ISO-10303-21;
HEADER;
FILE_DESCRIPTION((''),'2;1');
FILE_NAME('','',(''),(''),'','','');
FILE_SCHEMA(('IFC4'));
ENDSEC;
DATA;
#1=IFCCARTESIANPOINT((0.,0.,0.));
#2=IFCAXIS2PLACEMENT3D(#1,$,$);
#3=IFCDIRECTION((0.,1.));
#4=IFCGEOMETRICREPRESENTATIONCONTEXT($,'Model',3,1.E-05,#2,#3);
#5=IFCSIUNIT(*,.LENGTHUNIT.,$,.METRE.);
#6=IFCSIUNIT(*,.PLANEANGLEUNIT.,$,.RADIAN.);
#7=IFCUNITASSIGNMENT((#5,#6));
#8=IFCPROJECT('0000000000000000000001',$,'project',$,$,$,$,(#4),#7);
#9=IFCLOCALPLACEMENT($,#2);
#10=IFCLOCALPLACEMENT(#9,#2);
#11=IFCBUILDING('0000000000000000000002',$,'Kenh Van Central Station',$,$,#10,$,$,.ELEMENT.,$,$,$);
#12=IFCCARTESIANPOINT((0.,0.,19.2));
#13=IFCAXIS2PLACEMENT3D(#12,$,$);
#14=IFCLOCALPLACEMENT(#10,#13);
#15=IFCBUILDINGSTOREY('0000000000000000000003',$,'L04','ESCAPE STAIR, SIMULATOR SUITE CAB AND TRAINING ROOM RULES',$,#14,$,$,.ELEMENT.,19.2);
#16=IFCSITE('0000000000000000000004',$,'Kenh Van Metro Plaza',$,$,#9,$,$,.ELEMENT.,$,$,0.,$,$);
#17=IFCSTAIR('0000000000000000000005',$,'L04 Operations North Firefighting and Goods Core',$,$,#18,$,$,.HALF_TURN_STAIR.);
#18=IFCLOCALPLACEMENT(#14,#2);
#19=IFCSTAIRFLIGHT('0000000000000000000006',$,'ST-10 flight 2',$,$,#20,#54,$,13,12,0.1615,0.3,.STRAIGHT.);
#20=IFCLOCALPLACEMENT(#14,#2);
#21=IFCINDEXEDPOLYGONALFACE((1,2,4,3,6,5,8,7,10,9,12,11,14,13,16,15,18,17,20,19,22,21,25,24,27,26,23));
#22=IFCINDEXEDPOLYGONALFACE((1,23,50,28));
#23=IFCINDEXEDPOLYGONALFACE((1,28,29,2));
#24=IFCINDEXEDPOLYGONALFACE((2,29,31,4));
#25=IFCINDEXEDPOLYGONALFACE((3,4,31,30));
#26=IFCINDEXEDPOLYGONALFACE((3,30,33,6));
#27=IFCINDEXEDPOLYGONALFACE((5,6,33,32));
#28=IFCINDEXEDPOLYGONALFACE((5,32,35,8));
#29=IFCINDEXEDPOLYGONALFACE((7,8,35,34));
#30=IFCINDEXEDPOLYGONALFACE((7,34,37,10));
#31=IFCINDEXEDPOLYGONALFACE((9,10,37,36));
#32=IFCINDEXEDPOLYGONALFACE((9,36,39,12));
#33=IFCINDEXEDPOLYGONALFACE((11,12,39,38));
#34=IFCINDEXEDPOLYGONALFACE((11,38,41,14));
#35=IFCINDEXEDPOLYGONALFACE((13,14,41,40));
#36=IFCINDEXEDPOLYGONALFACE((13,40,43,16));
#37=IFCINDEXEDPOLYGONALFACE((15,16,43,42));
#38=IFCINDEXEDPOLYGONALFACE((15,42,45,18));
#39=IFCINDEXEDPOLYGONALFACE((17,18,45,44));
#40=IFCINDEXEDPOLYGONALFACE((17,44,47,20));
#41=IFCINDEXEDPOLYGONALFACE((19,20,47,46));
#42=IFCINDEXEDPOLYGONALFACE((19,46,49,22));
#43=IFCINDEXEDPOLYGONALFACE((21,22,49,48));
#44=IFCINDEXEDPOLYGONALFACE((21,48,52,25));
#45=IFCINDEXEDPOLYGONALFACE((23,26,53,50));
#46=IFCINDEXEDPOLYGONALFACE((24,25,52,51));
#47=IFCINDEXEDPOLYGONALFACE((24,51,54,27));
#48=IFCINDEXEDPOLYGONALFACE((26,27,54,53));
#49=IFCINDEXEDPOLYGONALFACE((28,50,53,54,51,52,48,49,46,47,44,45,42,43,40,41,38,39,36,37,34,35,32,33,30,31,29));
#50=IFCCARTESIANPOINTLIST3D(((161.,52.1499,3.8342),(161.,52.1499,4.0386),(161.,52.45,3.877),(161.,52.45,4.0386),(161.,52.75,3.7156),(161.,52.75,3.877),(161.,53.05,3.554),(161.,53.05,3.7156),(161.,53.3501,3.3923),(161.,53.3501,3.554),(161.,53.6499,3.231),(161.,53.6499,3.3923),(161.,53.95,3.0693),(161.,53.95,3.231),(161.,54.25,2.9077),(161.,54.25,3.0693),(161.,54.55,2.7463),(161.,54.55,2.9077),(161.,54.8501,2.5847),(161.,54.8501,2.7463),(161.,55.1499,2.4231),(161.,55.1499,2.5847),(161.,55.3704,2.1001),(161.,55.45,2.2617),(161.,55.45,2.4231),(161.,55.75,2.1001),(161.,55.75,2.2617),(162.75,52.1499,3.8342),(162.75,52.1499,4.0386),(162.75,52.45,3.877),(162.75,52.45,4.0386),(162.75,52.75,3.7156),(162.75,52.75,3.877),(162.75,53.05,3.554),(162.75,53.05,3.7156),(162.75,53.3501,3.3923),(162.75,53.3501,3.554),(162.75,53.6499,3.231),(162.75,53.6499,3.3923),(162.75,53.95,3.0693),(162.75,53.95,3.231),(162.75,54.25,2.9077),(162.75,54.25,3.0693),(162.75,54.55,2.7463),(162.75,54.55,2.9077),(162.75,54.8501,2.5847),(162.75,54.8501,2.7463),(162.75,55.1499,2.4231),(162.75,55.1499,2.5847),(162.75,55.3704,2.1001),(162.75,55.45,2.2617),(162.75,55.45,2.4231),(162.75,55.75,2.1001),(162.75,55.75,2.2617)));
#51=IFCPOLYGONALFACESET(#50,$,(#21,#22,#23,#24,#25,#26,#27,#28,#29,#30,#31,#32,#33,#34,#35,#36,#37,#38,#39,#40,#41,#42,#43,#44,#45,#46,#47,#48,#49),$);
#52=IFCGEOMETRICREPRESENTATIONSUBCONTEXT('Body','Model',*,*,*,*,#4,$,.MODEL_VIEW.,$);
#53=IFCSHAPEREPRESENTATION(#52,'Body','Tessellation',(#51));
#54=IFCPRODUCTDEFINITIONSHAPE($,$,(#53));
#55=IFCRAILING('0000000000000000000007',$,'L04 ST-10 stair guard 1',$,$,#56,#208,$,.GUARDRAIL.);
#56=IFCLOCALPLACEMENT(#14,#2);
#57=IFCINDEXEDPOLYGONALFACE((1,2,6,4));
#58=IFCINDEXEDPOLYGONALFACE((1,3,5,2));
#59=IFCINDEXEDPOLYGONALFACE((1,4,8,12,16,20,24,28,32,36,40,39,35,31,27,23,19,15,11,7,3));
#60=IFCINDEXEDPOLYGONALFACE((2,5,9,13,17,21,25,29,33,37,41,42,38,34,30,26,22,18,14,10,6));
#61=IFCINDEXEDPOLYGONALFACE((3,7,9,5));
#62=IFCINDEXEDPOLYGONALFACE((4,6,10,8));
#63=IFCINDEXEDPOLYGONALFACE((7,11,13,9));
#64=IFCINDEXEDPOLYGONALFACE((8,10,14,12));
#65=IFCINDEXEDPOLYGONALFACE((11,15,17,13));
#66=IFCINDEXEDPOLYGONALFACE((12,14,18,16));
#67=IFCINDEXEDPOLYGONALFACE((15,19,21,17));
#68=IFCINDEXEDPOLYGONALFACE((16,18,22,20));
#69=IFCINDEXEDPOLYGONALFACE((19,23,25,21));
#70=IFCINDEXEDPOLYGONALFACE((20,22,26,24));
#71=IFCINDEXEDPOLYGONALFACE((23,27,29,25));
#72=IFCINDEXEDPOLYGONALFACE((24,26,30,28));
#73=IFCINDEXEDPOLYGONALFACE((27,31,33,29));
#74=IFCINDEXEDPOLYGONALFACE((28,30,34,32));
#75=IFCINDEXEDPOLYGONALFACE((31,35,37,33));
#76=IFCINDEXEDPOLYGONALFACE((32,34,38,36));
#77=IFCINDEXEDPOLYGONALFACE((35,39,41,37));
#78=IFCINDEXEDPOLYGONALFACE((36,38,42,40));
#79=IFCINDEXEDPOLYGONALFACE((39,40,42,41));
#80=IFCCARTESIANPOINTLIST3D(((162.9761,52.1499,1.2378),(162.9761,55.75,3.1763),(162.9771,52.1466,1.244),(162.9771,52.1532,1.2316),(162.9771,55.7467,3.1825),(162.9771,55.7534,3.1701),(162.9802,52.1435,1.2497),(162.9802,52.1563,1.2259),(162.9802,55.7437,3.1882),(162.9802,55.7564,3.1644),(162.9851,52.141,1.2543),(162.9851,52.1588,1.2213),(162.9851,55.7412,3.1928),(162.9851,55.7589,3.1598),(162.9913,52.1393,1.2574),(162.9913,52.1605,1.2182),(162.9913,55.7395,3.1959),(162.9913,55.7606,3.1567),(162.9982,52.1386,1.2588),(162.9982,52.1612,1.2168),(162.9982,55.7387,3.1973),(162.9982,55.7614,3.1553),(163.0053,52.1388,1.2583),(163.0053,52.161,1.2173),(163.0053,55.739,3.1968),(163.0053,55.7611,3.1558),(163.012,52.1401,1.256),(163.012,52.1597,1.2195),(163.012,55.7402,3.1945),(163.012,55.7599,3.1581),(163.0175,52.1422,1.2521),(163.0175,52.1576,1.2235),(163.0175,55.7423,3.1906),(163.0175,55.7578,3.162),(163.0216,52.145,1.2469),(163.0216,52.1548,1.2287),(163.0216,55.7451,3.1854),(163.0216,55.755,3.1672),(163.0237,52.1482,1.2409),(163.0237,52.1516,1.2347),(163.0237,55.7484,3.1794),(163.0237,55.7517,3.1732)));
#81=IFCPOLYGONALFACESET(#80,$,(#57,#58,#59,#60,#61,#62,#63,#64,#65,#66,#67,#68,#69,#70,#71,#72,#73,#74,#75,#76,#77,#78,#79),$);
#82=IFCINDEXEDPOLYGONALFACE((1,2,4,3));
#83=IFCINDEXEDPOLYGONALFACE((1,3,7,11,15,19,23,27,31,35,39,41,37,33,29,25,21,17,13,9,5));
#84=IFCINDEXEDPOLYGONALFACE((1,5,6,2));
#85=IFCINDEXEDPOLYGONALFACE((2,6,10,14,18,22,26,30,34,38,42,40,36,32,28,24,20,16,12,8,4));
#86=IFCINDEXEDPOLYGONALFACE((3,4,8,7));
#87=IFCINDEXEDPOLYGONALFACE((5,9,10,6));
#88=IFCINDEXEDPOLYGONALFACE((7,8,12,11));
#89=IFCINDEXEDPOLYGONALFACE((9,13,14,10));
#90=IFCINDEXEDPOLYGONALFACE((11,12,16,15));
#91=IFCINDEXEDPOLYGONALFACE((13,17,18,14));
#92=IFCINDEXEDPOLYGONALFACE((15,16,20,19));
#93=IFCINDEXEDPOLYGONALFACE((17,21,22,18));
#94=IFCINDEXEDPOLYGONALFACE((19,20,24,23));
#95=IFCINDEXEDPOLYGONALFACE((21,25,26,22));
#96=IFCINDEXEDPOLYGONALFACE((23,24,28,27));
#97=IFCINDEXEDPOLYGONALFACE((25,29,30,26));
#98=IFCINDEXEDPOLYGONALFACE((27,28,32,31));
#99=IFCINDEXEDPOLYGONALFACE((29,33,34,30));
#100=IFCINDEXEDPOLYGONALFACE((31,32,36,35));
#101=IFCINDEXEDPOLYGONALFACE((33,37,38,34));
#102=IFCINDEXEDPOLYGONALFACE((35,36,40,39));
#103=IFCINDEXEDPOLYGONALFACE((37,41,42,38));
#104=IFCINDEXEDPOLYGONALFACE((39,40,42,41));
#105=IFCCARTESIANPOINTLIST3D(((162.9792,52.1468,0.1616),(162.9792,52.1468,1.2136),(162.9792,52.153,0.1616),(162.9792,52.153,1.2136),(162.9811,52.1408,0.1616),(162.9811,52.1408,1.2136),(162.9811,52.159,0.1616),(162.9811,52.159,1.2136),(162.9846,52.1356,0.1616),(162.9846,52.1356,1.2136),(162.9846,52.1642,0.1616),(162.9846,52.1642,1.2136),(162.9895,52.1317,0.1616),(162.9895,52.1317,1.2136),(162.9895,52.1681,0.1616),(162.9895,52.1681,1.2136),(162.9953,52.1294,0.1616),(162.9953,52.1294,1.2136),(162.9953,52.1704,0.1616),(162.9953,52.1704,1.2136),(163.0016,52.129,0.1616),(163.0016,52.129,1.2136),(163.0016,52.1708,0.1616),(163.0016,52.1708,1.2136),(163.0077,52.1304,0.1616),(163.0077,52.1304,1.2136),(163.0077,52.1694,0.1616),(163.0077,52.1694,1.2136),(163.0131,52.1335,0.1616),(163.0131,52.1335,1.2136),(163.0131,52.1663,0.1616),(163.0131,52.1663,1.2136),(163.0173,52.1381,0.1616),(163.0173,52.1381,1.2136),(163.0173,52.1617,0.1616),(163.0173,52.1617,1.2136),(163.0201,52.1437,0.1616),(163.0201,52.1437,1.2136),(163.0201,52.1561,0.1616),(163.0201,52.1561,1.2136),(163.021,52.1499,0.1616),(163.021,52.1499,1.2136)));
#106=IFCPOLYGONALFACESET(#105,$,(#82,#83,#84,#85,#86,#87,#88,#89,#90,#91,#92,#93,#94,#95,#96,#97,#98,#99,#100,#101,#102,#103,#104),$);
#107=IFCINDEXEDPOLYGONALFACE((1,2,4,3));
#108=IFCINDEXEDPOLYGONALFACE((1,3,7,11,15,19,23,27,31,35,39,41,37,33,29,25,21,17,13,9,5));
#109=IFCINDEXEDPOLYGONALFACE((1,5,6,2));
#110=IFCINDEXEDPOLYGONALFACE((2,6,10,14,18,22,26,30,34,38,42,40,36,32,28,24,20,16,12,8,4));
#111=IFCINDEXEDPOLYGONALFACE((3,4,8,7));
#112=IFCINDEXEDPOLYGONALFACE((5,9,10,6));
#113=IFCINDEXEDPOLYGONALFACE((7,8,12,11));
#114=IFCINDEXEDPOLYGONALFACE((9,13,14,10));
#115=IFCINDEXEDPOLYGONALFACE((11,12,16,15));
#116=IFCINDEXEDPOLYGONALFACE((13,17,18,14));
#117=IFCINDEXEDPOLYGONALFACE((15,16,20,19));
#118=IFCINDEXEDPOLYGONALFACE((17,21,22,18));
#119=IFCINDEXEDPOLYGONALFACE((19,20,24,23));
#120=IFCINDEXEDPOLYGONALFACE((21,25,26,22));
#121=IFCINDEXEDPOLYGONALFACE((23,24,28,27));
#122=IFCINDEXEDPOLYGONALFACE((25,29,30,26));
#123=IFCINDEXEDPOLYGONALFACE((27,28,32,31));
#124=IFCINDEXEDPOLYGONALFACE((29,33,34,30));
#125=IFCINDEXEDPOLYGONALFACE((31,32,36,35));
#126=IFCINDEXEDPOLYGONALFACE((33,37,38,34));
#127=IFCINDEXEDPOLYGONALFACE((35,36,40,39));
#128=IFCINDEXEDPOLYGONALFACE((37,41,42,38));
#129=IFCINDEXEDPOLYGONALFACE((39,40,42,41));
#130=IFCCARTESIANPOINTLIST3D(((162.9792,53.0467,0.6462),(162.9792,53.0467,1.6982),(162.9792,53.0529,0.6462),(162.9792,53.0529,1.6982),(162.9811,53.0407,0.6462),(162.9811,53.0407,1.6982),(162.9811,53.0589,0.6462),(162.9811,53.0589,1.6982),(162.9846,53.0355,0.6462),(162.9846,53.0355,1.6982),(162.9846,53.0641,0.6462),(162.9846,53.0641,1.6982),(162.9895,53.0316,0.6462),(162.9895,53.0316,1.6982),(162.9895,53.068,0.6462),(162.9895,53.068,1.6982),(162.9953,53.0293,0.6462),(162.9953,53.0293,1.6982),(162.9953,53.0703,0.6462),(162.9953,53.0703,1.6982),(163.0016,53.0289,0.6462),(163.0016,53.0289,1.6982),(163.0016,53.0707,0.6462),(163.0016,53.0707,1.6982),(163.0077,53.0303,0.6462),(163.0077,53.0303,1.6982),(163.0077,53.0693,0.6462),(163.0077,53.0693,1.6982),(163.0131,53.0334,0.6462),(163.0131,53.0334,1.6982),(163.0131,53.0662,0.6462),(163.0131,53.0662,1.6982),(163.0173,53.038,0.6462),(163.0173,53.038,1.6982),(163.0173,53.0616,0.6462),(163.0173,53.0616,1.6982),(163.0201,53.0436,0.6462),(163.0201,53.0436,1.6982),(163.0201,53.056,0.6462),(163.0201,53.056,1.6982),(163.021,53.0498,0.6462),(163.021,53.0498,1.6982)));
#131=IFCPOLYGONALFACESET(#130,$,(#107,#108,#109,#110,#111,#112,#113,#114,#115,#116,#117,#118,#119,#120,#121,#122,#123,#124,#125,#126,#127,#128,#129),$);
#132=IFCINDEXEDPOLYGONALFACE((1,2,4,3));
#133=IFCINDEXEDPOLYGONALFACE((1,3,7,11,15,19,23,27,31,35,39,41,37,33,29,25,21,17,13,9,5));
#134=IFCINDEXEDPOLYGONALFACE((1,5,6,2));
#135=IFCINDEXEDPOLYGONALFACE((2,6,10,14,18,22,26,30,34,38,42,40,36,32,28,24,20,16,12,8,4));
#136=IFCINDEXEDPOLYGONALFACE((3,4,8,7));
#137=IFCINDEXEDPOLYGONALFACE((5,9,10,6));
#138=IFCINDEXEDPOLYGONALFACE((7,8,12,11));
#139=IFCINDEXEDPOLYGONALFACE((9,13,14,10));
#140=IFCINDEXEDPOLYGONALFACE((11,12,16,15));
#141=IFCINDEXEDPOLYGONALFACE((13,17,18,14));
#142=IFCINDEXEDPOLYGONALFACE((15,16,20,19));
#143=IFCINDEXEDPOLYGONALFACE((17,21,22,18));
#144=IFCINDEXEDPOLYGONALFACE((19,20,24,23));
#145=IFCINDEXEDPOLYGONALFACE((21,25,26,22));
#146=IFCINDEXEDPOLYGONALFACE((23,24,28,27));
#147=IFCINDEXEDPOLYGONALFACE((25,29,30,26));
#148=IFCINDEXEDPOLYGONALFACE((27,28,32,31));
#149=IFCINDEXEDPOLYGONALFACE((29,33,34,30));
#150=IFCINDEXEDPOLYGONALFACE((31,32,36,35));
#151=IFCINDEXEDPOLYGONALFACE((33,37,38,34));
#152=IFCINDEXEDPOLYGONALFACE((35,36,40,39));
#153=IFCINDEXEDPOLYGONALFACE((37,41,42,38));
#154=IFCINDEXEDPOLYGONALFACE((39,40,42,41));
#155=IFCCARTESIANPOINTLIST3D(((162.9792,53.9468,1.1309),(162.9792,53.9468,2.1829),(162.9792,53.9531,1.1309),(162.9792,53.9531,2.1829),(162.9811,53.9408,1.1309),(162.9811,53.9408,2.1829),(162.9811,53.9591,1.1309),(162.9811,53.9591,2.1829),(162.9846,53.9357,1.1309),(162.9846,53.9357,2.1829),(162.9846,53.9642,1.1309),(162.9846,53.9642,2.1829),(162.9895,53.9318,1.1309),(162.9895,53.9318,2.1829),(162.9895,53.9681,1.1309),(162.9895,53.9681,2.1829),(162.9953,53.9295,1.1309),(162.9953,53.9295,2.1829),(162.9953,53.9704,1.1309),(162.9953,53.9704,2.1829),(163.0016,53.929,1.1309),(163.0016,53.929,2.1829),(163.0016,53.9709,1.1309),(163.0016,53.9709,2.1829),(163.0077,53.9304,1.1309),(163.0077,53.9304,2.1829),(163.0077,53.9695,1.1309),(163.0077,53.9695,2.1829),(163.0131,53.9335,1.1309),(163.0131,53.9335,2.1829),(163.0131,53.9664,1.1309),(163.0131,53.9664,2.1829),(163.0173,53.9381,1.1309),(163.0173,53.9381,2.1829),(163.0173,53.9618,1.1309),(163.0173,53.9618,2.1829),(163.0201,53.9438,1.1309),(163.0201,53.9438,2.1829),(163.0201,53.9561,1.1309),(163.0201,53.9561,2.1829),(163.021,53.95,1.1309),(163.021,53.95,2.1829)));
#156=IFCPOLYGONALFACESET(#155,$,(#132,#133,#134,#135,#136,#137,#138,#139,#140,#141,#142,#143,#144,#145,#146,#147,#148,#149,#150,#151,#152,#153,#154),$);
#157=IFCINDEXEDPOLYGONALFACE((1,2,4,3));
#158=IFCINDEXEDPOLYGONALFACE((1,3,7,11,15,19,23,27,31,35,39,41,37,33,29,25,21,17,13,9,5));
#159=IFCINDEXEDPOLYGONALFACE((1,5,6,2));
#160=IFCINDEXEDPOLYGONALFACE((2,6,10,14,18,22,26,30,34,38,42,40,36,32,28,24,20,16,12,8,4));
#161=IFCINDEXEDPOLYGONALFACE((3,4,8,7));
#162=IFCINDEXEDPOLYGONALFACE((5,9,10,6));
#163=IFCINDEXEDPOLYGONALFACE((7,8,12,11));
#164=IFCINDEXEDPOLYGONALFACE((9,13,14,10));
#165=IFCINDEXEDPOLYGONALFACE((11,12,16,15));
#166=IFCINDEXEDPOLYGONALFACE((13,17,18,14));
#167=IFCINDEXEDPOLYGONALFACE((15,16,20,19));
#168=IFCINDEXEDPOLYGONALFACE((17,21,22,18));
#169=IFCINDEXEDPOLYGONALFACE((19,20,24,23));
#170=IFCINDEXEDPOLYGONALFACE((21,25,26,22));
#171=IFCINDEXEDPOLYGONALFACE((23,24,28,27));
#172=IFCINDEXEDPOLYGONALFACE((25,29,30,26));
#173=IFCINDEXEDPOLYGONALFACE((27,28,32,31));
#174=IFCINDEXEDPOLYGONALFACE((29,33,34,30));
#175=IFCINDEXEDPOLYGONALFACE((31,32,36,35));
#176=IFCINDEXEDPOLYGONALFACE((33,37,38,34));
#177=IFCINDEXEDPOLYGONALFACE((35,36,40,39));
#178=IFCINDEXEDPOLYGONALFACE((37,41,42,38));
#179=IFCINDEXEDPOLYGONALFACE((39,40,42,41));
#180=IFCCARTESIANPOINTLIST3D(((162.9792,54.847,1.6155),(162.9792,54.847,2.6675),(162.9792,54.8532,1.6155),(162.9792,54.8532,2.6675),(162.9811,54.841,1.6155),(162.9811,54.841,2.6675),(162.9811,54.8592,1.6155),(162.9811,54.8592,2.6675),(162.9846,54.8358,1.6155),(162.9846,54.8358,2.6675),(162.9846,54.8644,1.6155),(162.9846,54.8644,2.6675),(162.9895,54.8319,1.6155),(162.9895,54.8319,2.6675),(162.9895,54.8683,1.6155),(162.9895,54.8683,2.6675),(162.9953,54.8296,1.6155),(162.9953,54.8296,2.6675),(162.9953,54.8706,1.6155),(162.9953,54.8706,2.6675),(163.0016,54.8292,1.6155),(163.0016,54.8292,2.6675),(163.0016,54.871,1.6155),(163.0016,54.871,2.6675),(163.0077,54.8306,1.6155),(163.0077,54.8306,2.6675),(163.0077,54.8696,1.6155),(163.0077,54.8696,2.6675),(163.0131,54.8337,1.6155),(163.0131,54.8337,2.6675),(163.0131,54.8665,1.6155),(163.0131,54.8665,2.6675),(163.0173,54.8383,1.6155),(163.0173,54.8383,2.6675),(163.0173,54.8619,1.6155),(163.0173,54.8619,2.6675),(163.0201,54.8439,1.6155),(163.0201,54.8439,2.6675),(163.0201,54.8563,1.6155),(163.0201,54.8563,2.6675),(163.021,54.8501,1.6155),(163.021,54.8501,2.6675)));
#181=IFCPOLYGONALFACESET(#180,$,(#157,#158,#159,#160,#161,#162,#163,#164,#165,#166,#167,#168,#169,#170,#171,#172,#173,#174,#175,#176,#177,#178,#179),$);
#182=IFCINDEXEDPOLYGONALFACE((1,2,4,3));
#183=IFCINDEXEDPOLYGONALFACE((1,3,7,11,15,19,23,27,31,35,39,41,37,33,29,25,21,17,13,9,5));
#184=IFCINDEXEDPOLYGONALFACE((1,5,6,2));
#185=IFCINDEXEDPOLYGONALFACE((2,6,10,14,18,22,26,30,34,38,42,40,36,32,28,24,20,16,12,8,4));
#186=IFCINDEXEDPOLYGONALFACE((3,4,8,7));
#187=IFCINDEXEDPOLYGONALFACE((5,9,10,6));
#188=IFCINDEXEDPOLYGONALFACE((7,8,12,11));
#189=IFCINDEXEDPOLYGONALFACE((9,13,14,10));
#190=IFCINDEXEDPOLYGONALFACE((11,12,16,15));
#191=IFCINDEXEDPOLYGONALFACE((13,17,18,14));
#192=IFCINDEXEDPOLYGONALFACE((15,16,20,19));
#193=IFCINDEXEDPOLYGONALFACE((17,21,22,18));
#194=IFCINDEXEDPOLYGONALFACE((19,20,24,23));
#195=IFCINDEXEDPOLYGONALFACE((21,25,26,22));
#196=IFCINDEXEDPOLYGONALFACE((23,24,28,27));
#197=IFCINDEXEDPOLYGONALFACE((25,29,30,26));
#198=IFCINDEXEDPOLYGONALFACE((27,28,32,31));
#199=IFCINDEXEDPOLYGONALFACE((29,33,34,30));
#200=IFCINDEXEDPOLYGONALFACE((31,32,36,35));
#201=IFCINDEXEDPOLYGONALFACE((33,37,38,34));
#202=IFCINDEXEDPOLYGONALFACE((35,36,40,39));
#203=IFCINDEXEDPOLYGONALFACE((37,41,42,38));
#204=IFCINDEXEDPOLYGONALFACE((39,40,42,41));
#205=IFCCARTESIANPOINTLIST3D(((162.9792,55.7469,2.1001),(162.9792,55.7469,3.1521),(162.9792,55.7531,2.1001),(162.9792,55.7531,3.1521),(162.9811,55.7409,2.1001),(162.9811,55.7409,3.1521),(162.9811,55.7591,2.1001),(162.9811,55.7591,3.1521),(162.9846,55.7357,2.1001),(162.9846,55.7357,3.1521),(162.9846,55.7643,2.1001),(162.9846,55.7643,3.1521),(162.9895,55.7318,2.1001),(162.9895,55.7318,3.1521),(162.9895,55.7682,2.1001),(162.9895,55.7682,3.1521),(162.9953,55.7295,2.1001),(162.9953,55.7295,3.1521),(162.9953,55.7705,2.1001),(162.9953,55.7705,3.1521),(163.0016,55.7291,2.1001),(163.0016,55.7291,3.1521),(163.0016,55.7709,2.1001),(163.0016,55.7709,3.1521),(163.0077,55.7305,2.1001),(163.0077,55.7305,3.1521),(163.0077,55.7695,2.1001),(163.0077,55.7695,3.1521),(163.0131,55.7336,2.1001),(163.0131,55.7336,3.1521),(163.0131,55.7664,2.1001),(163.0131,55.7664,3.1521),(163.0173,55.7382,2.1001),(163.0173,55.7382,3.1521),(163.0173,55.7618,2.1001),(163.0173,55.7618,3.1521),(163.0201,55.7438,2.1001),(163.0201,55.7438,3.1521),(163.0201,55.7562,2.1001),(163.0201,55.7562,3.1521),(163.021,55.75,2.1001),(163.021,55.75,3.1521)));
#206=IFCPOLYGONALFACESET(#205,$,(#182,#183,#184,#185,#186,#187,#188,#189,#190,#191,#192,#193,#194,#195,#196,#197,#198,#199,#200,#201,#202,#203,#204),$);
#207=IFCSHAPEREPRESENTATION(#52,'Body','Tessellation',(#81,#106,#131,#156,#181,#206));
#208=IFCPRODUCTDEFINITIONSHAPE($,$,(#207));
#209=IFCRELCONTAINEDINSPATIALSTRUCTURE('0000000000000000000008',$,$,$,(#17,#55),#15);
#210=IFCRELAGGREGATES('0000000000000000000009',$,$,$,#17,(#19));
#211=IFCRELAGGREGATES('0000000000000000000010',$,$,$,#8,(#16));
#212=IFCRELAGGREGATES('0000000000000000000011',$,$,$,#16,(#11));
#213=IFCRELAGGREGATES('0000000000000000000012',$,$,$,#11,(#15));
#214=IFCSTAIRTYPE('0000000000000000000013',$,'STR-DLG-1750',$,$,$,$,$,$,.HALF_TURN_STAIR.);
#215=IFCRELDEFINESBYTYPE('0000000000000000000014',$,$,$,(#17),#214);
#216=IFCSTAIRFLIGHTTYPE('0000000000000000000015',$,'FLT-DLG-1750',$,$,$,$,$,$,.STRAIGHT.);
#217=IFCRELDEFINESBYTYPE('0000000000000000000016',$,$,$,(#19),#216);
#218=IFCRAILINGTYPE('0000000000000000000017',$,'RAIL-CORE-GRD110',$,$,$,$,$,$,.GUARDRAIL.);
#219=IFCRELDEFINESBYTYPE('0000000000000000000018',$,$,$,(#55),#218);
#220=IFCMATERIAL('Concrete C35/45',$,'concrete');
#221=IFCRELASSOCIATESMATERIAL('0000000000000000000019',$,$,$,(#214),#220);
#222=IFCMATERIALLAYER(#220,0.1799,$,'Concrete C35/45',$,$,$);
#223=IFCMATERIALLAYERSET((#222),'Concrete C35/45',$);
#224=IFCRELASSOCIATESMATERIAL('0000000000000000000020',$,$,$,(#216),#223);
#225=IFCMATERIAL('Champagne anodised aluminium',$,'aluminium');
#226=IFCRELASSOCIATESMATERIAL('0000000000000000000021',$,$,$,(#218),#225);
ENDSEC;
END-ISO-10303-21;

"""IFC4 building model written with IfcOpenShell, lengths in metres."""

from ifc_helpers import new_model, si_unit, direction, frame, origin, origin_2d, place, context, subcontext, project, spatial, polyline, circle, outline, extrude, material, layer, layer_set, type_object, element, aggregate, save


model = new_model("IFC4")

# Units and contexts
model_context = context("Model", 3, precision=1e-05, world=origin(), true_north=direction((0.0, 1.0)))
body_context = subcontext(model_context, "Body", "Model", "MODEL_VIEW")
ifc_project = project(units=[si_unit("LENGTHUNIT", "METRE"), si_unit("PLANEANGLEUNIT", "RADIAN")], contexts=[model_context])

# Site, building, storey
site_placement = place(None, origin())
site = spatial("IfcSite", under=ifc_project, at=site_placement, Name="Kenh Van Metro Plaza", CompositionType="ELEMENT", RefElevation=0.0)
building_placement = place(site_placement, origin())
building = spatial("IfcBuilding", under=site, at=building_placement, Name="Kenh Van Central Station", CompositionType="ELEMENT")
storey_placement = place(building_placement, frame((0.0, 0.0, 19.2)))
storey = spatial("IfcBuildingStorey", under=building, at=storey_placement, Name="L04", Description="ESCAPE STAIR, SIMULATOR SUITE CAB AND TRAINING ROOM RULES", CompositionType="ELEMENT", Elevation=19.2)

# Shared definitions
ifc_material_1 = material(Name="Concrete C35/45", Category="concrete")

# Shared definitions
ifc_material_2 = material(Name="Champagne anodised aluminium", Category="aluminium")

# Stair, stair flight
stair_type = type_object("IfcStairType", Name="STR-DLG-1750", PredefinedType="HALF_TURN_STAIR", material=ifc_material_1)
stair_placement = place(storey_placement, origin())
stair = element("IfcStair", 1, at=stair_placement, inside=storey, type_object=stair_type, Name="L04 Operations North Firefighting and Goods Core", PredefinedType="HALF_TURN_STAIR")
ifc_layer_1 = layer(ifc_material_1, 0.1799, Name="Concrete C35/45")
ifc_layer_set_1 = layer_set([ifc_layer_1], Name="Concrete C35/45")
stair_flight_type = type_object("IfcStairFlightType", Name="FLT-DLG-1750", PredefinedType="STRAIGHT", material=ifc_layer_set_1)
stair_flight_1_placement = place(storey_placement, frame((161.875, 55.75, 2.1001), z_axis=(0.0, 0.0, 1.0), x_axis=(0.0, -1.0, 0.0)))
stair_flight_1 = element("IfcStairFlight", 2, at=stair_flight_1_placement, type_object=stair_flight_type, Name="ST-10 flight 2", NumberOfRisers=13, NumberOfTreads=12, PredefinedType="STRAIGHT", RiserHeight=0.1615, TreadLength=0.3, context=body_context, shape_type="SweptSolid", body=[
    extrude(outline(polyline([(0.0, 0.0), (0.0, 0.1616), (0.3, 0.1616), (0.3, 0.323), (0.6001, 0.323), (0.6001, 0.4846), (0.8999, 0.4846), (0.8999, 0.6462), (1.2, 0.6462), (1.2, 0.8076), (1.5, 0.8076), (1.5, 0.9692), (1.8, 0.9692), (1.8, 1.1309), (2.1001, 1.1309), (2.1001, 1.2922), (2.3999, 1.2922), (2.3999, 1.4539), (2.7, 1.4539), (2.7, 1.6155), (3.0, 1.6155), (3.0, 1.7769), (3.3, 1.7769), (3.3, 1.9385), (3.6001, 1.9385), (3.6001, 2.1001), (3.6001, 1.7341), (0.3796, 0.0), (0.0, 0.0)])), frame((0.0, 0.875, 0.0), z_axis=(0.0, -1.0, 0.0), x_axis=(1.0, 0.0, 0.0)), (0.0, 0.0, 1.0), 1.75),
])
aggregate(stair, [stair_flight_1])

# Railing
railing_type_1 = type_object("IfcRailingType", Name="RAIL-CORE-GRD110", PredefinedType="GUARDRAIL", material=ifc_material_2)
railing_1_placement = place(storey_placement, frame((163.0, 52.1499, 0.1616)))
element("IfcRailing", 3, at=railing_1_placement, inside=storey, type_object=railing_type_1, Name="L04 ST-10 stair guard 1", PredefinedType="GUARDRAIL", context=body_context, shape_type="SweptSolid", body=[
    extrude(circle(Radius=0.0239, at=origin_2d()), frame((0.0, 0.0, 1.0762), z_axis=(0.0, 0.880475, 0.474093), x_axis=(-1.0, 0.0, 0.0)), (0.0, 0.0, 1.0), 4.0889),
    extrude(circle(Radius=0.021, at=origin_2d()), origin(), (0.0, 0.0, 1.0), 1.052),
    extrude(circle(Radius=0.021, at=origin_2d()), frame((0.0, 0.8999, 0.4846)), (0.0, 0.0, 1.0), 1.052),
    extrude(circle(Radius=0.021, at=origin_2d()), frame((0.0, 1.8, 0.9692)), (0.0, 0.0, 1.0), 1.052),
    extrude(circle(Radius=0.021, at=origin_2d()), frame((0.0, 2.7002, 1.4539)), (0.0, 0.0, 1.0), 1.052),
    extrude(circle(Radius=0.021, at=origin_2d()), frame((0.0, 3.6001, 1.9385)), (0.0, 0.0, 1.0), 1.052),
])

save(model, "model.ifc")
